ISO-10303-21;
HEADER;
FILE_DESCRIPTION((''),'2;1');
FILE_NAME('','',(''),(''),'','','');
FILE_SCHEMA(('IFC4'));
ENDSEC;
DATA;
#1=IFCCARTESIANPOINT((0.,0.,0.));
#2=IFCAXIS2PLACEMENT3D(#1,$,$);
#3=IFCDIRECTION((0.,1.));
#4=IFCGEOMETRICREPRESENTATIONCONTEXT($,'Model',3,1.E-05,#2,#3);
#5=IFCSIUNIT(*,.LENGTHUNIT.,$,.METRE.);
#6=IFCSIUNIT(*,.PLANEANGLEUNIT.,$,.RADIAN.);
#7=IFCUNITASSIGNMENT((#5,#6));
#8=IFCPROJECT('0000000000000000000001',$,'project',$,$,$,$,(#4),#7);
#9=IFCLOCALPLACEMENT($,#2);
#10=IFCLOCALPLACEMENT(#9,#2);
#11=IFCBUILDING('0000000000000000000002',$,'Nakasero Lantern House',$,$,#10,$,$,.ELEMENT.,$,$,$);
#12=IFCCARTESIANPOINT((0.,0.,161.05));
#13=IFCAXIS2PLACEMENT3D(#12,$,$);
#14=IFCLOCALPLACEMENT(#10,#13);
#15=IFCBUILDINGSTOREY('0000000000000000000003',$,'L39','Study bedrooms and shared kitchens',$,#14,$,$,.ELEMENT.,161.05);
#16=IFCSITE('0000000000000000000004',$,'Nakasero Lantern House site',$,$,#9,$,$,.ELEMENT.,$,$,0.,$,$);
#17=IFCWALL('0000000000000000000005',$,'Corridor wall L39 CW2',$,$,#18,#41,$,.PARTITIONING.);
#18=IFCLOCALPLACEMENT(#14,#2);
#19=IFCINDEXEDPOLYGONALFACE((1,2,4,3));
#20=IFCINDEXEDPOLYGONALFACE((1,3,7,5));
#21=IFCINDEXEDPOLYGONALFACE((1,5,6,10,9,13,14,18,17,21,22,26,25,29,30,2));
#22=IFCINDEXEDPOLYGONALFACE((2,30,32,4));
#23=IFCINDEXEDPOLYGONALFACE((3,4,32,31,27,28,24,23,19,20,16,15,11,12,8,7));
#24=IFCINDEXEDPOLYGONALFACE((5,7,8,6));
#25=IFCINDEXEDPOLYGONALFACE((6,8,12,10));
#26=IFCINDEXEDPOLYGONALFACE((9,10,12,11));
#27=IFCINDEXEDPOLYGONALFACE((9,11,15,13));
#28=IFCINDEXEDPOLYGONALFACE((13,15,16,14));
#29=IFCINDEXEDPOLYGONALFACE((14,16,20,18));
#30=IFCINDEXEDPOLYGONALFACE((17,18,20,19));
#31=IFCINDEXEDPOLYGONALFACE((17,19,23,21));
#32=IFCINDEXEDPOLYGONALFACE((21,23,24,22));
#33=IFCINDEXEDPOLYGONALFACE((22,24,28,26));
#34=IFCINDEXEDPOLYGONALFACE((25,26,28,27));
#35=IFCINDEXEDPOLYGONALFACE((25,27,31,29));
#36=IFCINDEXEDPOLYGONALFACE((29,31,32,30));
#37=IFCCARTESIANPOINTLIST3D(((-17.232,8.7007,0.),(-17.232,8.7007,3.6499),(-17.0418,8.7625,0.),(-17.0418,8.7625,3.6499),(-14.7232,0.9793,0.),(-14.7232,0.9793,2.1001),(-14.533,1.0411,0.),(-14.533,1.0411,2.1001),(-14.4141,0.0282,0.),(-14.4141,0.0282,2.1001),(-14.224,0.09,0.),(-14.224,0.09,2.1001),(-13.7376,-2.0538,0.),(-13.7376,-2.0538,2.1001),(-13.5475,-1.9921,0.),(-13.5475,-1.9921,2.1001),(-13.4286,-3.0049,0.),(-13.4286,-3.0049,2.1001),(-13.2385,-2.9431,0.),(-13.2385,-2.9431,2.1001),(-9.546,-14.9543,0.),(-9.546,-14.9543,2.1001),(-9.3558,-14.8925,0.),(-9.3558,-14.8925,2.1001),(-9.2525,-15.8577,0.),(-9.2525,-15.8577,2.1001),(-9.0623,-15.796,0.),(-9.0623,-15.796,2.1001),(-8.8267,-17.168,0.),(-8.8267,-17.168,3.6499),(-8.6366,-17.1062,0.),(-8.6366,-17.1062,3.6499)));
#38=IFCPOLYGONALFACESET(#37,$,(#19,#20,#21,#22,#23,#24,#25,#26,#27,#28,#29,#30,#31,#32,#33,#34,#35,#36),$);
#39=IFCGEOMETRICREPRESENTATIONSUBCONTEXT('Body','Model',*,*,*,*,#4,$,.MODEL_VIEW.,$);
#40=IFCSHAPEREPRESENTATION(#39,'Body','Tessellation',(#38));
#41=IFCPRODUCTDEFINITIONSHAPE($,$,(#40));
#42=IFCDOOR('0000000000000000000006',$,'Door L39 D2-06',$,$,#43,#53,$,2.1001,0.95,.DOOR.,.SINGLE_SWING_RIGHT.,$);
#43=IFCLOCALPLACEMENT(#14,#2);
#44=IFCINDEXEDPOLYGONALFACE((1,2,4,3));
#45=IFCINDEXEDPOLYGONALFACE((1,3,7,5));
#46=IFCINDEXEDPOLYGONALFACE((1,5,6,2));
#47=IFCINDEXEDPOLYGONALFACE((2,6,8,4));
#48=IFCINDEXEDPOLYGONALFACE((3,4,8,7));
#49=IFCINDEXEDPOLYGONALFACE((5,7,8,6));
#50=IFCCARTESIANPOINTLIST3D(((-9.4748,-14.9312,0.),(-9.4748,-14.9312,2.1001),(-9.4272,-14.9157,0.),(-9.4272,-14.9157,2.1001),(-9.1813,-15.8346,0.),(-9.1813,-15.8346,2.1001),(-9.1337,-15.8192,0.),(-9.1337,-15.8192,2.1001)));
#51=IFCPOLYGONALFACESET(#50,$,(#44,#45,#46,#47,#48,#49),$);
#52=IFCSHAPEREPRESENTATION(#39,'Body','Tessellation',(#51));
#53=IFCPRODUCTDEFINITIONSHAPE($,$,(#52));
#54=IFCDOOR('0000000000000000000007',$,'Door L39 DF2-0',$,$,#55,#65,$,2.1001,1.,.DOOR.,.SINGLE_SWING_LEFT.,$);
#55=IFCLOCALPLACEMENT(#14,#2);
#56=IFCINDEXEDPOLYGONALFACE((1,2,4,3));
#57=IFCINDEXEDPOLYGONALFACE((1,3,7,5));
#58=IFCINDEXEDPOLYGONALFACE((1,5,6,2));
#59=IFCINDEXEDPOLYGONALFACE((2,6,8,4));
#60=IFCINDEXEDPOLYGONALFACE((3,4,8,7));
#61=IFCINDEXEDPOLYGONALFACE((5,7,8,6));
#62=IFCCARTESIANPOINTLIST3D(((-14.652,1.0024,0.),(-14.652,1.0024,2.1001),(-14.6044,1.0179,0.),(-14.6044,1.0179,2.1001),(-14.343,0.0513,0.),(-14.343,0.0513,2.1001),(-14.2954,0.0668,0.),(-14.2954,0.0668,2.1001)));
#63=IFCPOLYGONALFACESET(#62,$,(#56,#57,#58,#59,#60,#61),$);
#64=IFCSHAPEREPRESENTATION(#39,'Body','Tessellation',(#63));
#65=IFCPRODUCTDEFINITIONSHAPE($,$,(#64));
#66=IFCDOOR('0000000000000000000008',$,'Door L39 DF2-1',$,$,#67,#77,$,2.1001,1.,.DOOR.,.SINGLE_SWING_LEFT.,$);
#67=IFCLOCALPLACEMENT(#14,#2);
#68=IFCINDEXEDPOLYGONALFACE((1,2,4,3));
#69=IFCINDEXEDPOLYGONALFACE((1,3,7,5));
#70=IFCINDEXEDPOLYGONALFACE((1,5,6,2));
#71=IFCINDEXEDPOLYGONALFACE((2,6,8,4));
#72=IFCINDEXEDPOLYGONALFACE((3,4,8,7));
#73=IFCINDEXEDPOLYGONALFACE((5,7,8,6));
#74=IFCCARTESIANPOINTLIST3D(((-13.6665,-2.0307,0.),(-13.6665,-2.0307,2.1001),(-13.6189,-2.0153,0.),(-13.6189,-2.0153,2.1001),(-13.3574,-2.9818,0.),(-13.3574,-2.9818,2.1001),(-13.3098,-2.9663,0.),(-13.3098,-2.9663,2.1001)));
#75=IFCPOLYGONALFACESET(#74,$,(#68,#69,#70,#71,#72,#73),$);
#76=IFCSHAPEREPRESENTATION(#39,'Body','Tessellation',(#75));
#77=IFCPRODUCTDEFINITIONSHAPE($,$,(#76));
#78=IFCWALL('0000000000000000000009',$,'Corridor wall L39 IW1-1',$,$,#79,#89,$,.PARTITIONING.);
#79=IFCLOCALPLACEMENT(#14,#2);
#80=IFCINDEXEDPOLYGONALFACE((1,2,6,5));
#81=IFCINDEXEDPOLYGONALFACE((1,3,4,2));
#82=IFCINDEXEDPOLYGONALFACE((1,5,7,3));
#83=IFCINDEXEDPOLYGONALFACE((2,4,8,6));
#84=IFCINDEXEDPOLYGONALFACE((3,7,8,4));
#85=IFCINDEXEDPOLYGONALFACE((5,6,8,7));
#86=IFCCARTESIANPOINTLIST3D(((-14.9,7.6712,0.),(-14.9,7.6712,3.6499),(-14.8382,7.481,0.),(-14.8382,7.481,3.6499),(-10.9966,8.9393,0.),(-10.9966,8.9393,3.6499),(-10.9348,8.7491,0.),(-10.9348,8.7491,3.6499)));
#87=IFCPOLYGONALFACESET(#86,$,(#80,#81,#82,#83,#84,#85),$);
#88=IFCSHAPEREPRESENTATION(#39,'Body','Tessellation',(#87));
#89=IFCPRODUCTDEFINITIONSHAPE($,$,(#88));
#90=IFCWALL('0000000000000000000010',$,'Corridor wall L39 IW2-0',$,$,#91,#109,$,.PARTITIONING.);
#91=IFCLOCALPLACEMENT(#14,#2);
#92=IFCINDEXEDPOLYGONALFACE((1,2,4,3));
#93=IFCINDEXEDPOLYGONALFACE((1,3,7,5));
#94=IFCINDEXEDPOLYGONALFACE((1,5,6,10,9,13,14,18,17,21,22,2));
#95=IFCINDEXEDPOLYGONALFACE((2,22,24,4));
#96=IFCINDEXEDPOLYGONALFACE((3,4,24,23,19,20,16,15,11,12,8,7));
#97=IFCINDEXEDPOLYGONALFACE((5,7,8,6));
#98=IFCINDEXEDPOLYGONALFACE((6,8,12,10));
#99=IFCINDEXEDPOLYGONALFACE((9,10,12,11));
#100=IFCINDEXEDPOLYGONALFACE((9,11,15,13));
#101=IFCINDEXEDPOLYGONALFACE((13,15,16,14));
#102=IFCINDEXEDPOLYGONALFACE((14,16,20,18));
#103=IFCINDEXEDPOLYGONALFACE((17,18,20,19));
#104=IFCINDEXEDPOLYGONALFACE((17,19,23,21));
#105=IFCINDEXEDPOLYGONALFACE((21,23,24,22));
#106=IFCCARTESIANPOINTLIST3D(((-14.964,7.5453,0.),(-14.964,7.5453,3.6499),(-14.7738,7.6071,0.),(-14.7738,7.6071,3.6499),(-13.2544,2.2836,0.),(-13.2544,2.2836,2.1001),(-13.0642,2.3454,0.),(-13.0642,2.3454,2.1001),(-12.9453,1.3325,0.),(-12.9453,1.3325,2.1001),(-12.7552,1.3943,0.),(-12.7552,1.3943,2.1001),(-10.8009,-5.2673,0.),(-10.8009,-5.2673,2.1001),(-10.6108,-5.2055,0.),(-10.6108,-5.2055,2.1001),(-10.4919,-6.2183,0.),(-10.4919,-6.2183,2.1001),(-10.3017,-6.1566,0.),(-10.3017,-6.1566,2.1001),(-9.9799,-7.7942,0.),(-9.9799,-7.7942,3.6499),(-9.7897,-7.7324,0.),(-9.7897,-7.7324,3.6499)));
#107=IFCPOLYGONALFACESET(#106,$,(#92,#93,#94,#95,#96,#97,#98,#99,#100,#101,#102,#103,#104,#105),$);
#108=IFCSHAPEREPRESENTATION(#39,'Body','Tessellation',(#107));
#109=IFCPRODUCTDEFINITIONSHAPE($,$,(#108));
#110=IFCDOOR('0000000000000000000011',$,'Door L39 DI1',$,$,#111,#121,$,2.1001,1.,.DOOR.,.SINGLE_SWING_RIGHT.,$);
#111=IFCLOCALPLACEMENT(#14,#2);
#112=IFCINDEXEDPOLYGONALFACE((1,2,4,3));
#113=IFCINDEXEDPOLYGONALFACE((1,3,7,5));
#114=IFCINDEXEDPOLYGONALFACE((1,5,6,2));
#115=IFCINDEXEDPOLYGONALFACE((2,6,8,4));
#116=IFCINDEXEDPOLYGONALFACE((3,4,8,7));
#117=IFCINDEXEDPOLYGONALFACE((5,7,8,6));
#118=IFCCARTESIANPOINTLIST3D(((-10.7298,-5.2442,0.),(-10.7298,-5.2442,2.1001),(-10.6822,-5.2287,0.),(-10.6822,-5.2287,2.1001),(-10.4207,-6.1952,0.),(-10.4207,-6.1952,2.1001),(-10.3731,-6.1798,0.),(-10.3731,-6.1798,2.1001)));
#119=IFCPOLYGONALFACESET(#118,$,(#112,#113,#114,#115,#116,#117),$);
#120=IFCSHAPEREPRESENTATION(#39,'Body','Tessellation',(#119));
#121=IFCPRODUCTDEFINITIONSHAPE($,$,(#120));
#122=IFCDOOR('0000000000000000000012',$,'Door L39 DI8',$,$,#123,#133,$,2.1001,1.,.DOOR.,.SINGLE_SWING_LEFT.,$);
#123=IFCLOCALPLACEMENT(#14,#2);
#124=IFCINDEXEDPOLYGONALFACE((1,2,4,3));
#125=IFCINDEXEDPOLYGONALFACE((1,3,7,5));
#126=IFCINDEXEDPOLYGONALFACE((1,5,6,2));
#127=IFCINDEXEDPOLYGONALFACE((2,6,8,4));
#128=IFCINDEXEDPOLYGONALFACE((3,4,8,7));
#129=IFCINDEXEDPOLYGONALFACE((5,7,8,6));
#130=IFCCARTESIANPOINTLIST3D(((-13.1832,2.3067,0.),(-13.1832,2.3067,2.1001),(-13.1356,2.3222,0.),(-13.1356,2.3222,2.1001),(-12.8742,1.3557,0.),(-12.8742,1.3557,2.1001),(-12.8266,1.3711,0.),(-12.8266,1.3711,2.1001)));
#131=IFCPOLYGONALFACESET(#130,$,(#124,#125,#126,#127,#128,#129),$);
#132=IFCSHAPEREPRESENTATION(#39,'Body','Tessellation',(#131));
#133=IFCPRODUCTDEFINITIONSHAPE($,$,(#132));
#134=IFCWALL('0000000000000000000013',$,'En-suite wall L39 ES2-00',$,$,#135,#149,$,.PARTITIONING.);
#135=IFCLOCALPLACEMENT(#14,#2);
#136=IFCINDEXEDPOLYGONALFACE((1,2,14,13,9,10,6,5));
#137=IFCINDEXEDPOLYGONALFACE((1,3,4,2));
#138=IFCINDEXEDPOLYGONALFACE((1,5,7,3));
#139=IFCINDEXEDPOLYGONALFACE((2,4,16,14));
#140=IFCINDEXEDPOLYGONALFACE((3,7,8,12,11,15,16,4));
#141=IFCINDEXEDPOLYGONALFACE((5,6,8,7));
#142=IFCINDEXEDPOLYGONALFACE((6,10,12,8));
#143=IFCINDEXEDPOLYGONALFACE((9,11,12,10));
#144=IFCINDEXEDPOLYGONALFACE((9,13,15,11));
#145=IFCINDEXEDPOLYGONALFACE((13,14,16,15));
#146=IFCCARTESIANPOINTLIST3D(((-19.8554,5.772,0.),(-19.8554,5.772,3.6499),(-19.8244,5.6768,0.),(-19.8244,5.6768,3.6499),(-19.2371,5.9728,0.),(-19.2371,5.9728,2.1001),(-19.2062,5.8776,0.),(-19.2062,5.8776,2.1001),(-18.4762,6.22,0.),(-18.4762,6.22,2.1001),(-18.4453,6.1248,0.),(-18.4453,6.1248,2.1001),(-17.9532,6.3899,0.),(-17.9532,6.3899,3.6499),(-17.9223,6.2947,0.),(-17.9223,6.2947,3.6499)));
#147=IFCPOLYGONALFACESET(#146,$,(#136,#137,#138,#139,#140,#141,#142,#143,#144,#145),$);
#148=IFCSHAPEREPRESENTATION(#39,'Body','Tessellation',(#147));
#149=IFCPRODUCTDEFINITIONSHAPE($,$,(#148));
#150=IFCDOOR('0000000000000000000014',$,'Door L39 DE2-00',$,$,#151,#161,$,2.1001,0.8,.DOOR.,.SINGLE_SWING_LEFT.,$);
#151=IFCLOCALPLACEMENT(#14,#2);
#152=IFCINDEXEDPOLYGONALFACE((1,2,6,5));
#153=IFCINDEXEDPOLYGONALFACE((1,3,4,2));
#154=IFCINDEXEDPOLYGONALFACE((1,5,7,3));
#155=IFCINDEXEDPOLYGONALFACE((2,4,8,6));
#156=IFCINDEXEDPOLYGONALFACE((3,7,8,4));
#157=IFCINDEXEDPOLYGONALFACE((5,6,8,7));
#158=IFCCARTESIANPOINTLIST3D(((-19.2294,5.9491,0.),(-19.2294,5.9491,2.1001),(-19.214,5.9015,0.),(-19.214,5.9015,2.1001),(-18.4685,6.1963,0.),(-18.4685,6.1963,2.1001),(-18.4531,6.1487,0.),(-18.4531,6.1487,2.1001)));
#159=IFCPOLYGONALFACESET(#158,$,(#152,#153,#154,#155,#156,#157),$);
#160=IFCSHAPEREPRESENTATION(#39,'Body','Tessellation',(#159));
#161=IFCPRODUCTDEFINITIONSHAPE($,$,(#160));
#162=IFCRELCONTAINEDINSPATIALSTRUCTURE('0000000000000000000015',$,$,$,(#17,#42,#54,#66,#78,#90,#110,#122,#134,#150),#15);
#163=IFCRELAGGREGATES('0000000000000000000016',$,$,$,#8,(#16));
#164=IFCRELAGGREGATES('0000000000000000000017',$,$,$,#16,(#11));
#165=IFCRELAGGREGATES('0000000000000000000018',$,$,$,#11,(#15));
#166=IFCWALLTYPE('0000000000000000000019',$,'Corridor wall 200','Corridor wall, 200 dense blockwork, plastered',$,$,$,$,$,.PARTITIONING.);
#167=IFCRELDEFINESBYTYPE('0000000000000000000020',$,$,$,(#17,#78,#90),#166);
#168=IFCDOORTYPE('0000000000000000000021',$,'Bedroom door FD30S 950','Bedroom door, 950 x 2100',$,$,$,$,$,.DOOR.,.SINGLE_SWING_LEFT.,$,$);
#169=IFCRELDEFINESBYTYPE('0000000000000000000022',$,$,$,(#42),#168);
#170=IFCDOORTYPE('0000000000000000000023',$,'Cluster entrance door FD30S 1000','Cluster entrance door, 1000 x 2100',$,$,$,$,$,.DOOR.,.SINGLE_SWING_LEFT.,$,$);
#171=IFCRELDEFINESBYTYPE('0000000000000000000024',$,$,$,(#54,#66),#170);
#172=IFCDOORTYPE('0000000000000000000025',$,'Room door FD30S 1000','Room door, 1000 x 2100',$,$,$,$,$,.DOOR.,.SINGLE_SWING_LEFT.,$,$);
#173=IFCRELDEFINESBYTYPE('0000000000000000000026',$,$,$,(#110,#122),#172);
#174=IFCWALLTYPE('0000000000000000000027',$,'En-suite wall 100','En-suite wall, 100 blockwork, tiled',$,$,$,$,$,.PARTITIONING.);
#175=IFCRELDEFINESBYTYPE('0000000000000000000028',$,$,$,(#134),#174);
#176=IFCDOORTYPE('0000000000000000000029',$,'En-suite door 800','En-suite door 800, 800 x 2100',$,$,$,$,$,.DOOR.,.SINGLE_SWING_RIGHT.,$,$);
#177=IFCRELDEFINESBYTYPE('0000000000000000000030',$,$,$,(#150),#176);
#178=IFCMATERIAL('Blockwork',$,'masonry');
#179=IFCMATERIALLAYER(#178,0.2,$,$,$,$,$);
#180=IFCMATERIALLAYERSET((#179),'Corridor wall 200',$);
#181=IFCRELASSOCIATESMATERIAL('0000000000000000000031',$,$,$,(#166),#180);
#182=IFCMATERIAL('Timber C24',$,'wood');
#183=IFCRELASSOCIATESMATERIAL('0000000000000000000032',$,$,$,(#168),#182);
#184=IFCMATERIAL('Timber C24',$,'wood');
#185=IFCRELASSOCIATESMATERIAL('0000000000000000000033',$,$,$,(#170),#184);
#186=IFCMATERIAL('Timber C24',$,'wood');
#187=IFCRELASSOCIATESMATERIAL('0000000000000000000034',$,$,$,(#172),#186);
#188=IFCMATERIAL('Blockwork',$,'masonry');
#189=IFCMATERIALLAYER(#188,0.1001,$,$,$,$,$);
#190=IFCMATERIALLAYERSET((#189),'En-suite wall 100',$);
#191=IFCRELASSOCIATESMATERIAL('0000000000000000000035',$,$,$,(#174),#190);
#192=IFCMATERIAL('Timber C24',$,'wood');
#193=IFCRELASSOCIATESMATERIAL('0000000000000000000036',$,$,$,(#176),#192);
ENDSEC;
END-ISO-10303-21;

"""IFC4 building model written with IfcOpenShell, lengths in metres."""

from ifc_helpers import new_model, si_unit, direction, frame, frame_2d, origin, place, context, subcontext, project, spatial, rectangle, extrude, material, layer, layer_set, type_object, element, fill, save


model = new_model("IFC4")

# Units and contexts
model_context = context("Model", 3, precision=1e-05, world=origin(), true_north=direction((0.0, 1.0)))
body_context = subcontext(model_context, "Body", "Model", "MODEL_VIEW")
ifc_project = project(units=[si_unit("LENGTHUNIT", "METRE"), si_unit("PLANEANGLEUNIT", "RADIAN")], contexts=[model_context])

# Site, building, storey
site_placement = place(None, origin())
site = spatial("IfcSite", under=ifc_project, at=site_placement, Name="Nakasero Lantern House site", CompositionType="ELEMENT", RefElevation=0.0)
building_placement = place(site_placement, origin())
building = spatial("IfcBuilding", under=site, at=building_placement, Name="Nakasero Lantern House", CompositionType="ELEMENT")
storey_placement = place(building_placement, frame((0.0, 0.0, 161.05)))
storey = spatial("IfcBuildingStorey", under=building, at=storey_placement, Name="L39", Description="Study bedrooms and shared kitchens", CompositionType="ELEMENT", Elevation=161.05)

# Wall, openings, doors
ifc_material_1 = material(Name="Blockwork", Category="masonry")
ifc_layer_1 = layer(ifc_material_1, 0.2)
ifc_layer_set_1 = layer_set([ifc_layer_1], Name="Corridor wall 200")
wall_type_1 = type_object("IfcWallType", Name="Corridor wall 200", Description="Corridor wall, 200 dense blockwork, plastered", PredefinedType="PARTITIONING", material=ifc_layer_set_1)
wall_1_placement = place(storey_placement, frame((-17.137, 8.7317, 0.0), z_axis=(0.0, 0.0, 1.0), x_axis=(0.309018, -0.951056, 0.0)))
wall_1 = element("IfcWall", 1, at=wall_1_placement, inside=storey, type_object=wall_type_1, Name="Corridor wall L39 CW2", PredefinedType="PARTITIONING", context=body_context, shape_type="SweptSolid", body=[
    extrude(rectangle(XDim=27.2, YDim=0.2, at=frame_2d((13.6001, 0.0))), origin(), (0.0, 0.0, 1.0), 3.6499),
])
opening_1_placement = place(wall_1_placement, frame((8.1189, 0.0, 0.0)))
opening_1 = element("IfcOpeningElement", 2, at=opening_1_placement, cuts=wall_1, PredefinedType="OPENING", context=body_context, shape_type="SweptSolid", body=[
    extrude(rectangle(XDim=1.0, YDim=2.1001, at=frame_2d((0.5, 1.05))), frame((0.0, 0.1199, 0.0), z_axis=(0.0, -1.0, 0.0), x_axis=(1.0, 0.0, 0.0)), (0.0, 0.0, 1.0), 0.24),
])
opening_2_placement = place(wall_1_placement, frame((11.3081, 0.0, 0.0)))
opening_2 = element("IfcOpeningElement", 3, at=opening_2_placement, cuts=wall_1, PredefinedType="OPENING", context=body_context, shape_type="SweptSolid", body=[
    extrude(rectangle(XDim=1.0, YDim=2.1001, at=frame_2d((0.5, 1.05))), frame((0.0, 0.1199, 0.0), z_axis=(0.0, -1.0, 0.0), x_axis=(1.0, 0.0, 0.0)), (0.0, 0.0, 1.0), 0.24),
])
opening_3_placement = place(wall_1_placement, frame((24.8723, 0.0, 0.0)))
opening_3 = element("IfcOpeningElement", 4, at=opening_3_placement, cuts=wall_1, PredefinedType="OPENING", context=body_context, shape_type="SweptSolid", body=[
    extrude(rectangle(XDim=0.95, YDim=2.1001, at=frame_2d((0.4751, 1.05))), frame((0.0, 0.1199, 0.0), z_axis=(0.0, -1.0, 0.0), x_axis=(1.0, 0.0, 0.0)), (0.0, 0.0, 1.0), 0.24),
])
ifc_material_2 = material(Name="Timber C24", Category="wood")
door_type_1 = type_object("IfcDoorType", Name="Bedroom door FD30S 950", Description="Bedroom door, 950 x 2100", OperationType="SINGLE_SWING_LEFT", PredefinedType="DOOR", material=ifc_material_2)
door_1_placement = place(opening_3_placement, origin())
door_1 = element("IfcDoor", 5, at=door_1_placement, inside=storey, type_object=door_type_1, Name="Door L39 D2-06", OperationType="SINGLE_SWING_RIGHT", OverallHeight=2.1001, OverallWidth=0.95, PredefinedType="DOOR", context=body_context, shape_type="SweptSolid", body=[
    extrude(rectangle(XDim=0.95, YDim=2.1001, at=frame_2d((0.4751, 1.05))), frame((0.0, 0.0249, 0.0), z_axis=(0.0, -1.0, 0.0), x_axis=(1.0, 0.0, 0.0)), (0.0, 0.0, 1.0), 0.05),
])
fill(opening_3, door_1)
ifc_material_3 = material(Name="Timber C24", Category="wood")
door_type_2 = type_object("IfcDoorType", Name="Cluster entrance door FD30S 1000", Description="Cluster entrance door, 1000 x 2100", OperationType="SINGLE_SWING_LEFT", PredefinedType="DOOR", material=ifc_material_3)
door_2_placement = place(opening_1_placement, origin())
door_2 = element("IfcDoor", 6, at=door_2_placement, inside=storey, type_object=door_type_2, Name="Door L39 DF2-0", OperationType="SINGLE_SWING_LEFT", OverallHeight=2.1001, OverallWidth=1.0, PredefinedType="DOOR", context=body_context, shape_type="SweptSolid", body=[
    extrude(rectangle(XDim=1.0, YDim=2.1001, at=frame_2d((0.5, 1.05))), frame((0.0, 0.0249, 0.0), z_axis=(0.0, -1.0, 0.0), x_axis=(1.0, 0.0, 0.0)), (0.0, 0.0, 1.0), 0.05),
])
fill(opening_1, door_2)
door_3_placement = place(opening_2_placement, origin())
door_3 = element("IfcDoor", 7, at=door_3_placement, inside=storey, type_object=door_type_2, Name="Door L39 DF2-1", OperationType="SINGLE_SWING_LEFT", OverallHeight=2.1001, OverallWidth=1.0, PredefinedType="DOOR", context=body_context, shape_type="SweptSolid", body=[
    extrude(rectangle(XDim=1.0, YDim=2.1001, at=frame_2d((0.5, 1.05))), frame((0.0, 0.0249, 0.0), z_axis=(0.0, -1.0, 0.0), x_axis=(1.0, 0.0, 0.0)), (0.0, 0.0, 1.0), 0.05),
])
fill(opening_2, door_3)

# Wall
wall_2_placement = place(storey_placement, frame((-10.9656, 8.8442, 0.0), z_axis=(0.0, 0.0, 1.0), x_axis=(-0.951071, -0.308973, 0.0)))
element("IfcWall", 8, at=wall_2_placement, inside=storey, type_object=wall_type_1, Name="Corridor wall L39 IW1-1", PredefinedType="PARTITIONING", context=body_context, shape_type="SweptSolid", body=[
    extrude(rectangle(XDim=4.1042, YDim=0.2, at=frame_2d((2.0522, 0.0))), origin(), (0.0, 0.0, 1.0), 3.6499),
])

# Wall, openings, doors
wall_3_placement = place(storey_placement, frame((-14.8689, 7.5762, 0.0), z_axis=(0.0, 0.0, 1.0), x_axis=(0.309017, -0.951057, 0.0)))
wall_3 = element("IfcWall", 9, at=wall_3_placement, inside=storey, type_object=wall_type_1, Name="Corridor wall L39 IW2-0", PredefinedType="PARTITIONING", context=body_context, shape_type="SweptSolid", body=[
    extrude(rectangle(XDim=16.1289, YDim=0.2, at=frame_2d((8.0645, 0.0))), origin(), (0.0, 0.0, 1.0), 3.6499),
])
opening_4_placement = place(wall_3_placement, frame((13.4719, 0.0, 0.0)))
opening_4 = element("IfcOpeningElement", 10, at=opening_4_placement, cuts=wall_3, PredefinedType="OPENING", context=body_context, shape_type="SweptSolid", body=[
    extrude(rectangle(XDim=1.0, YDim=2.1001, at=frame_2d((0.5, 1.05))), frame((0.0, 0.1199, 0.0), z_axis=(0.0, -1.0, 0.0), x_axis=(1.0, 0.0, 0.0)), (0.0, 0.0, 1.0), 0.24),
])
opening_5_placement = place(wall_3_placement, frame((5.5325, 0.0, 0.0)))
opening_5 = element("IfcOpeningElement", 11, at=opening_5_placement, cuts=wall_3, PredefinedType="OPENING", context=body_context, shape_type="SweptSolid", body=[
    extrude(rectangle(XDim=1.0, YDim=2.1001, at=frame_2d((0.5, 1.05))), frame((0.0, 0.1199, 0.0), z_axis=(0.0, -1.0, 0.0), x_axis=(1.0, 0.0, 0.0)), (0.0, 0.0, 1.0), 0.24),
])
ifc_material_4 = material(Name="Timber C24", Category="wood")
door_type_3 = type_object("IfcDoorType", Name="Room door FD30S 1000", Description="Room door, 1000 x 2100", OperationType="SINGLE_SWING_LEFT", PredefinedType="DOOR", material=ifc_material_4)
door_4_placement = place(opening_4_placement, origin())
door_4 = element("IfcDoor", 12, at=door_4_placement, inside=storey, type_object=door_type_3, Name="Door L39 DI1", OperationType="SINGLE_SWING_RIGHT", OverallHeight=2.1001, OverallWidth=1.0, PredefinedType="DOOR", context=body_context, shape_type="SweptSolid", body=[
    extrude(rectangle(XDim=1.0, YDim=2.1001, at=frame_2d((0.5, 1.05))), frame((0.0, 0.0249, 0.0), z_axis=(0.0, -1.0, 0.0), x_axis=(1.0, 0.0, 0.0)), (0.0, 0.0, 1.0), 0.05),
])
fill(opening_4, door_4)
door_5_placement = place(opening_5_placement, origin())
door_5 = element("IfcDoor", 13, at=door_5_placement, inside=storey, type_object=door_type_3, Name="Door L39 DI8", OperationType="SINGLE_SWING_LEFT", OverallHeight=2.1001, OverallWidth=1.0, PredefinedType="DOOR", context=body_context, shape_type="SweptSolid", body=[
    extrude(rectangle(XDim=1.0, YDim=2.1001, at=frame_2d((0.5, 1.05))), frame((0.0, 0.0249, 0.0), z_axis=(0.0, -1.0, 0.0), x_axis=(1.0, 0.0, 0.0)), (0.0, 0.0, 1.0), 0.05),
])
fill(opening_5, door_5)

# Wall, opening, door
ifc_material_5 = material(Name="Blockwork", Category="masonry")
ifc_layer_2 = layer(ifc_material_5, 0.1001)
ifc_layer_set_2 = layer_set([ifc_layer_2], Name="En-suite wall 100")
wall_type_2 = type_object("IfcWallType", Name="En-suite wall 100", Description="En-suite wall, 100 blockwork, tiled", PredefinedType="PARTITIONING", material=ifc_layer_set_2)
wall_4_placement = place(storey_placement, frame((-17.9377, 6.3423, 0.0), z_axis=(0.0, 0.0, 1.0), x_axis=(-0.951073, -0.308967, 0.0)))
wall_4 = element("IfcWall", 14, at=wall_4_placement, inside=storey, type_object=wall_type_2, Name="En-suite wall L39 ES2-00", PredefinedType="PARTITIONING", context=body_context, shape_type="SweptSolid", body=[
    extrude(rectangle(XDim=2.0, YDim=0.1001, at=frame_2d((1.0, 0.0))), origin(), (0.0, 0.0, 1.0), 3.6499),
])
opening_6_placement = place(wall_4_placement, frame((0.55, 0.0, 0.0)))
opening_6 = element("IfcOpeningElement", 15, at=opening_6_placement, cuts=wall_4, PredefinedType="OPENING", context=body_context, shape_type="SweptSolid", body=[
    extrude(rectangle(XDim=0.8, YDim=2.1001, at=frame_2d((0.3999, 1.05))), frame((0.0, 0.0701, 0.0), z_axis=(0.0, -1.0, 0.0), x_axis=(1.0, 0.0, 0.0)), (0.0, 0.0, 1.0), 0.1401),
])
ifc_material_6 = material(Name="Timber C24", Category="wood")
door_type_4 = type_object("IfcDoorType", Name="En-suite door 800", Description="En-suite door 800, 800 x 2100", OperationType="SINGLE_SWING_RIGHT", PredefinedType="DOOR", material=ifc_material_6)
door_6_placement = place(opening_6_placement, origin())
door_6 = element("IfcDoor", 16, at=door_6_placement, inside=storey, type_object=door_type_4, Name="Door L39 DE2-00", OperationType="SINGLE_SWING_LEFT", OverallHeight=2.1001, OverallWidth=0.8, PredefinedType="DOOR", context=body_context, shape_type="SweptSolid", body=[
    extrude(rectangle(XDim=0.8, YDim=2.1001, at=frame_2d((0.3999, 1.05))), frame((0.0, 0.0249, 0.0), z_axis=(0.0, -1.0, 0.0), x_axis=(1.0, 0.0, 0.0)), (0.0, 0.0, 1.0), 0.05),
])
fill(opening_6, door_6)

save(model, "model.ifc")
